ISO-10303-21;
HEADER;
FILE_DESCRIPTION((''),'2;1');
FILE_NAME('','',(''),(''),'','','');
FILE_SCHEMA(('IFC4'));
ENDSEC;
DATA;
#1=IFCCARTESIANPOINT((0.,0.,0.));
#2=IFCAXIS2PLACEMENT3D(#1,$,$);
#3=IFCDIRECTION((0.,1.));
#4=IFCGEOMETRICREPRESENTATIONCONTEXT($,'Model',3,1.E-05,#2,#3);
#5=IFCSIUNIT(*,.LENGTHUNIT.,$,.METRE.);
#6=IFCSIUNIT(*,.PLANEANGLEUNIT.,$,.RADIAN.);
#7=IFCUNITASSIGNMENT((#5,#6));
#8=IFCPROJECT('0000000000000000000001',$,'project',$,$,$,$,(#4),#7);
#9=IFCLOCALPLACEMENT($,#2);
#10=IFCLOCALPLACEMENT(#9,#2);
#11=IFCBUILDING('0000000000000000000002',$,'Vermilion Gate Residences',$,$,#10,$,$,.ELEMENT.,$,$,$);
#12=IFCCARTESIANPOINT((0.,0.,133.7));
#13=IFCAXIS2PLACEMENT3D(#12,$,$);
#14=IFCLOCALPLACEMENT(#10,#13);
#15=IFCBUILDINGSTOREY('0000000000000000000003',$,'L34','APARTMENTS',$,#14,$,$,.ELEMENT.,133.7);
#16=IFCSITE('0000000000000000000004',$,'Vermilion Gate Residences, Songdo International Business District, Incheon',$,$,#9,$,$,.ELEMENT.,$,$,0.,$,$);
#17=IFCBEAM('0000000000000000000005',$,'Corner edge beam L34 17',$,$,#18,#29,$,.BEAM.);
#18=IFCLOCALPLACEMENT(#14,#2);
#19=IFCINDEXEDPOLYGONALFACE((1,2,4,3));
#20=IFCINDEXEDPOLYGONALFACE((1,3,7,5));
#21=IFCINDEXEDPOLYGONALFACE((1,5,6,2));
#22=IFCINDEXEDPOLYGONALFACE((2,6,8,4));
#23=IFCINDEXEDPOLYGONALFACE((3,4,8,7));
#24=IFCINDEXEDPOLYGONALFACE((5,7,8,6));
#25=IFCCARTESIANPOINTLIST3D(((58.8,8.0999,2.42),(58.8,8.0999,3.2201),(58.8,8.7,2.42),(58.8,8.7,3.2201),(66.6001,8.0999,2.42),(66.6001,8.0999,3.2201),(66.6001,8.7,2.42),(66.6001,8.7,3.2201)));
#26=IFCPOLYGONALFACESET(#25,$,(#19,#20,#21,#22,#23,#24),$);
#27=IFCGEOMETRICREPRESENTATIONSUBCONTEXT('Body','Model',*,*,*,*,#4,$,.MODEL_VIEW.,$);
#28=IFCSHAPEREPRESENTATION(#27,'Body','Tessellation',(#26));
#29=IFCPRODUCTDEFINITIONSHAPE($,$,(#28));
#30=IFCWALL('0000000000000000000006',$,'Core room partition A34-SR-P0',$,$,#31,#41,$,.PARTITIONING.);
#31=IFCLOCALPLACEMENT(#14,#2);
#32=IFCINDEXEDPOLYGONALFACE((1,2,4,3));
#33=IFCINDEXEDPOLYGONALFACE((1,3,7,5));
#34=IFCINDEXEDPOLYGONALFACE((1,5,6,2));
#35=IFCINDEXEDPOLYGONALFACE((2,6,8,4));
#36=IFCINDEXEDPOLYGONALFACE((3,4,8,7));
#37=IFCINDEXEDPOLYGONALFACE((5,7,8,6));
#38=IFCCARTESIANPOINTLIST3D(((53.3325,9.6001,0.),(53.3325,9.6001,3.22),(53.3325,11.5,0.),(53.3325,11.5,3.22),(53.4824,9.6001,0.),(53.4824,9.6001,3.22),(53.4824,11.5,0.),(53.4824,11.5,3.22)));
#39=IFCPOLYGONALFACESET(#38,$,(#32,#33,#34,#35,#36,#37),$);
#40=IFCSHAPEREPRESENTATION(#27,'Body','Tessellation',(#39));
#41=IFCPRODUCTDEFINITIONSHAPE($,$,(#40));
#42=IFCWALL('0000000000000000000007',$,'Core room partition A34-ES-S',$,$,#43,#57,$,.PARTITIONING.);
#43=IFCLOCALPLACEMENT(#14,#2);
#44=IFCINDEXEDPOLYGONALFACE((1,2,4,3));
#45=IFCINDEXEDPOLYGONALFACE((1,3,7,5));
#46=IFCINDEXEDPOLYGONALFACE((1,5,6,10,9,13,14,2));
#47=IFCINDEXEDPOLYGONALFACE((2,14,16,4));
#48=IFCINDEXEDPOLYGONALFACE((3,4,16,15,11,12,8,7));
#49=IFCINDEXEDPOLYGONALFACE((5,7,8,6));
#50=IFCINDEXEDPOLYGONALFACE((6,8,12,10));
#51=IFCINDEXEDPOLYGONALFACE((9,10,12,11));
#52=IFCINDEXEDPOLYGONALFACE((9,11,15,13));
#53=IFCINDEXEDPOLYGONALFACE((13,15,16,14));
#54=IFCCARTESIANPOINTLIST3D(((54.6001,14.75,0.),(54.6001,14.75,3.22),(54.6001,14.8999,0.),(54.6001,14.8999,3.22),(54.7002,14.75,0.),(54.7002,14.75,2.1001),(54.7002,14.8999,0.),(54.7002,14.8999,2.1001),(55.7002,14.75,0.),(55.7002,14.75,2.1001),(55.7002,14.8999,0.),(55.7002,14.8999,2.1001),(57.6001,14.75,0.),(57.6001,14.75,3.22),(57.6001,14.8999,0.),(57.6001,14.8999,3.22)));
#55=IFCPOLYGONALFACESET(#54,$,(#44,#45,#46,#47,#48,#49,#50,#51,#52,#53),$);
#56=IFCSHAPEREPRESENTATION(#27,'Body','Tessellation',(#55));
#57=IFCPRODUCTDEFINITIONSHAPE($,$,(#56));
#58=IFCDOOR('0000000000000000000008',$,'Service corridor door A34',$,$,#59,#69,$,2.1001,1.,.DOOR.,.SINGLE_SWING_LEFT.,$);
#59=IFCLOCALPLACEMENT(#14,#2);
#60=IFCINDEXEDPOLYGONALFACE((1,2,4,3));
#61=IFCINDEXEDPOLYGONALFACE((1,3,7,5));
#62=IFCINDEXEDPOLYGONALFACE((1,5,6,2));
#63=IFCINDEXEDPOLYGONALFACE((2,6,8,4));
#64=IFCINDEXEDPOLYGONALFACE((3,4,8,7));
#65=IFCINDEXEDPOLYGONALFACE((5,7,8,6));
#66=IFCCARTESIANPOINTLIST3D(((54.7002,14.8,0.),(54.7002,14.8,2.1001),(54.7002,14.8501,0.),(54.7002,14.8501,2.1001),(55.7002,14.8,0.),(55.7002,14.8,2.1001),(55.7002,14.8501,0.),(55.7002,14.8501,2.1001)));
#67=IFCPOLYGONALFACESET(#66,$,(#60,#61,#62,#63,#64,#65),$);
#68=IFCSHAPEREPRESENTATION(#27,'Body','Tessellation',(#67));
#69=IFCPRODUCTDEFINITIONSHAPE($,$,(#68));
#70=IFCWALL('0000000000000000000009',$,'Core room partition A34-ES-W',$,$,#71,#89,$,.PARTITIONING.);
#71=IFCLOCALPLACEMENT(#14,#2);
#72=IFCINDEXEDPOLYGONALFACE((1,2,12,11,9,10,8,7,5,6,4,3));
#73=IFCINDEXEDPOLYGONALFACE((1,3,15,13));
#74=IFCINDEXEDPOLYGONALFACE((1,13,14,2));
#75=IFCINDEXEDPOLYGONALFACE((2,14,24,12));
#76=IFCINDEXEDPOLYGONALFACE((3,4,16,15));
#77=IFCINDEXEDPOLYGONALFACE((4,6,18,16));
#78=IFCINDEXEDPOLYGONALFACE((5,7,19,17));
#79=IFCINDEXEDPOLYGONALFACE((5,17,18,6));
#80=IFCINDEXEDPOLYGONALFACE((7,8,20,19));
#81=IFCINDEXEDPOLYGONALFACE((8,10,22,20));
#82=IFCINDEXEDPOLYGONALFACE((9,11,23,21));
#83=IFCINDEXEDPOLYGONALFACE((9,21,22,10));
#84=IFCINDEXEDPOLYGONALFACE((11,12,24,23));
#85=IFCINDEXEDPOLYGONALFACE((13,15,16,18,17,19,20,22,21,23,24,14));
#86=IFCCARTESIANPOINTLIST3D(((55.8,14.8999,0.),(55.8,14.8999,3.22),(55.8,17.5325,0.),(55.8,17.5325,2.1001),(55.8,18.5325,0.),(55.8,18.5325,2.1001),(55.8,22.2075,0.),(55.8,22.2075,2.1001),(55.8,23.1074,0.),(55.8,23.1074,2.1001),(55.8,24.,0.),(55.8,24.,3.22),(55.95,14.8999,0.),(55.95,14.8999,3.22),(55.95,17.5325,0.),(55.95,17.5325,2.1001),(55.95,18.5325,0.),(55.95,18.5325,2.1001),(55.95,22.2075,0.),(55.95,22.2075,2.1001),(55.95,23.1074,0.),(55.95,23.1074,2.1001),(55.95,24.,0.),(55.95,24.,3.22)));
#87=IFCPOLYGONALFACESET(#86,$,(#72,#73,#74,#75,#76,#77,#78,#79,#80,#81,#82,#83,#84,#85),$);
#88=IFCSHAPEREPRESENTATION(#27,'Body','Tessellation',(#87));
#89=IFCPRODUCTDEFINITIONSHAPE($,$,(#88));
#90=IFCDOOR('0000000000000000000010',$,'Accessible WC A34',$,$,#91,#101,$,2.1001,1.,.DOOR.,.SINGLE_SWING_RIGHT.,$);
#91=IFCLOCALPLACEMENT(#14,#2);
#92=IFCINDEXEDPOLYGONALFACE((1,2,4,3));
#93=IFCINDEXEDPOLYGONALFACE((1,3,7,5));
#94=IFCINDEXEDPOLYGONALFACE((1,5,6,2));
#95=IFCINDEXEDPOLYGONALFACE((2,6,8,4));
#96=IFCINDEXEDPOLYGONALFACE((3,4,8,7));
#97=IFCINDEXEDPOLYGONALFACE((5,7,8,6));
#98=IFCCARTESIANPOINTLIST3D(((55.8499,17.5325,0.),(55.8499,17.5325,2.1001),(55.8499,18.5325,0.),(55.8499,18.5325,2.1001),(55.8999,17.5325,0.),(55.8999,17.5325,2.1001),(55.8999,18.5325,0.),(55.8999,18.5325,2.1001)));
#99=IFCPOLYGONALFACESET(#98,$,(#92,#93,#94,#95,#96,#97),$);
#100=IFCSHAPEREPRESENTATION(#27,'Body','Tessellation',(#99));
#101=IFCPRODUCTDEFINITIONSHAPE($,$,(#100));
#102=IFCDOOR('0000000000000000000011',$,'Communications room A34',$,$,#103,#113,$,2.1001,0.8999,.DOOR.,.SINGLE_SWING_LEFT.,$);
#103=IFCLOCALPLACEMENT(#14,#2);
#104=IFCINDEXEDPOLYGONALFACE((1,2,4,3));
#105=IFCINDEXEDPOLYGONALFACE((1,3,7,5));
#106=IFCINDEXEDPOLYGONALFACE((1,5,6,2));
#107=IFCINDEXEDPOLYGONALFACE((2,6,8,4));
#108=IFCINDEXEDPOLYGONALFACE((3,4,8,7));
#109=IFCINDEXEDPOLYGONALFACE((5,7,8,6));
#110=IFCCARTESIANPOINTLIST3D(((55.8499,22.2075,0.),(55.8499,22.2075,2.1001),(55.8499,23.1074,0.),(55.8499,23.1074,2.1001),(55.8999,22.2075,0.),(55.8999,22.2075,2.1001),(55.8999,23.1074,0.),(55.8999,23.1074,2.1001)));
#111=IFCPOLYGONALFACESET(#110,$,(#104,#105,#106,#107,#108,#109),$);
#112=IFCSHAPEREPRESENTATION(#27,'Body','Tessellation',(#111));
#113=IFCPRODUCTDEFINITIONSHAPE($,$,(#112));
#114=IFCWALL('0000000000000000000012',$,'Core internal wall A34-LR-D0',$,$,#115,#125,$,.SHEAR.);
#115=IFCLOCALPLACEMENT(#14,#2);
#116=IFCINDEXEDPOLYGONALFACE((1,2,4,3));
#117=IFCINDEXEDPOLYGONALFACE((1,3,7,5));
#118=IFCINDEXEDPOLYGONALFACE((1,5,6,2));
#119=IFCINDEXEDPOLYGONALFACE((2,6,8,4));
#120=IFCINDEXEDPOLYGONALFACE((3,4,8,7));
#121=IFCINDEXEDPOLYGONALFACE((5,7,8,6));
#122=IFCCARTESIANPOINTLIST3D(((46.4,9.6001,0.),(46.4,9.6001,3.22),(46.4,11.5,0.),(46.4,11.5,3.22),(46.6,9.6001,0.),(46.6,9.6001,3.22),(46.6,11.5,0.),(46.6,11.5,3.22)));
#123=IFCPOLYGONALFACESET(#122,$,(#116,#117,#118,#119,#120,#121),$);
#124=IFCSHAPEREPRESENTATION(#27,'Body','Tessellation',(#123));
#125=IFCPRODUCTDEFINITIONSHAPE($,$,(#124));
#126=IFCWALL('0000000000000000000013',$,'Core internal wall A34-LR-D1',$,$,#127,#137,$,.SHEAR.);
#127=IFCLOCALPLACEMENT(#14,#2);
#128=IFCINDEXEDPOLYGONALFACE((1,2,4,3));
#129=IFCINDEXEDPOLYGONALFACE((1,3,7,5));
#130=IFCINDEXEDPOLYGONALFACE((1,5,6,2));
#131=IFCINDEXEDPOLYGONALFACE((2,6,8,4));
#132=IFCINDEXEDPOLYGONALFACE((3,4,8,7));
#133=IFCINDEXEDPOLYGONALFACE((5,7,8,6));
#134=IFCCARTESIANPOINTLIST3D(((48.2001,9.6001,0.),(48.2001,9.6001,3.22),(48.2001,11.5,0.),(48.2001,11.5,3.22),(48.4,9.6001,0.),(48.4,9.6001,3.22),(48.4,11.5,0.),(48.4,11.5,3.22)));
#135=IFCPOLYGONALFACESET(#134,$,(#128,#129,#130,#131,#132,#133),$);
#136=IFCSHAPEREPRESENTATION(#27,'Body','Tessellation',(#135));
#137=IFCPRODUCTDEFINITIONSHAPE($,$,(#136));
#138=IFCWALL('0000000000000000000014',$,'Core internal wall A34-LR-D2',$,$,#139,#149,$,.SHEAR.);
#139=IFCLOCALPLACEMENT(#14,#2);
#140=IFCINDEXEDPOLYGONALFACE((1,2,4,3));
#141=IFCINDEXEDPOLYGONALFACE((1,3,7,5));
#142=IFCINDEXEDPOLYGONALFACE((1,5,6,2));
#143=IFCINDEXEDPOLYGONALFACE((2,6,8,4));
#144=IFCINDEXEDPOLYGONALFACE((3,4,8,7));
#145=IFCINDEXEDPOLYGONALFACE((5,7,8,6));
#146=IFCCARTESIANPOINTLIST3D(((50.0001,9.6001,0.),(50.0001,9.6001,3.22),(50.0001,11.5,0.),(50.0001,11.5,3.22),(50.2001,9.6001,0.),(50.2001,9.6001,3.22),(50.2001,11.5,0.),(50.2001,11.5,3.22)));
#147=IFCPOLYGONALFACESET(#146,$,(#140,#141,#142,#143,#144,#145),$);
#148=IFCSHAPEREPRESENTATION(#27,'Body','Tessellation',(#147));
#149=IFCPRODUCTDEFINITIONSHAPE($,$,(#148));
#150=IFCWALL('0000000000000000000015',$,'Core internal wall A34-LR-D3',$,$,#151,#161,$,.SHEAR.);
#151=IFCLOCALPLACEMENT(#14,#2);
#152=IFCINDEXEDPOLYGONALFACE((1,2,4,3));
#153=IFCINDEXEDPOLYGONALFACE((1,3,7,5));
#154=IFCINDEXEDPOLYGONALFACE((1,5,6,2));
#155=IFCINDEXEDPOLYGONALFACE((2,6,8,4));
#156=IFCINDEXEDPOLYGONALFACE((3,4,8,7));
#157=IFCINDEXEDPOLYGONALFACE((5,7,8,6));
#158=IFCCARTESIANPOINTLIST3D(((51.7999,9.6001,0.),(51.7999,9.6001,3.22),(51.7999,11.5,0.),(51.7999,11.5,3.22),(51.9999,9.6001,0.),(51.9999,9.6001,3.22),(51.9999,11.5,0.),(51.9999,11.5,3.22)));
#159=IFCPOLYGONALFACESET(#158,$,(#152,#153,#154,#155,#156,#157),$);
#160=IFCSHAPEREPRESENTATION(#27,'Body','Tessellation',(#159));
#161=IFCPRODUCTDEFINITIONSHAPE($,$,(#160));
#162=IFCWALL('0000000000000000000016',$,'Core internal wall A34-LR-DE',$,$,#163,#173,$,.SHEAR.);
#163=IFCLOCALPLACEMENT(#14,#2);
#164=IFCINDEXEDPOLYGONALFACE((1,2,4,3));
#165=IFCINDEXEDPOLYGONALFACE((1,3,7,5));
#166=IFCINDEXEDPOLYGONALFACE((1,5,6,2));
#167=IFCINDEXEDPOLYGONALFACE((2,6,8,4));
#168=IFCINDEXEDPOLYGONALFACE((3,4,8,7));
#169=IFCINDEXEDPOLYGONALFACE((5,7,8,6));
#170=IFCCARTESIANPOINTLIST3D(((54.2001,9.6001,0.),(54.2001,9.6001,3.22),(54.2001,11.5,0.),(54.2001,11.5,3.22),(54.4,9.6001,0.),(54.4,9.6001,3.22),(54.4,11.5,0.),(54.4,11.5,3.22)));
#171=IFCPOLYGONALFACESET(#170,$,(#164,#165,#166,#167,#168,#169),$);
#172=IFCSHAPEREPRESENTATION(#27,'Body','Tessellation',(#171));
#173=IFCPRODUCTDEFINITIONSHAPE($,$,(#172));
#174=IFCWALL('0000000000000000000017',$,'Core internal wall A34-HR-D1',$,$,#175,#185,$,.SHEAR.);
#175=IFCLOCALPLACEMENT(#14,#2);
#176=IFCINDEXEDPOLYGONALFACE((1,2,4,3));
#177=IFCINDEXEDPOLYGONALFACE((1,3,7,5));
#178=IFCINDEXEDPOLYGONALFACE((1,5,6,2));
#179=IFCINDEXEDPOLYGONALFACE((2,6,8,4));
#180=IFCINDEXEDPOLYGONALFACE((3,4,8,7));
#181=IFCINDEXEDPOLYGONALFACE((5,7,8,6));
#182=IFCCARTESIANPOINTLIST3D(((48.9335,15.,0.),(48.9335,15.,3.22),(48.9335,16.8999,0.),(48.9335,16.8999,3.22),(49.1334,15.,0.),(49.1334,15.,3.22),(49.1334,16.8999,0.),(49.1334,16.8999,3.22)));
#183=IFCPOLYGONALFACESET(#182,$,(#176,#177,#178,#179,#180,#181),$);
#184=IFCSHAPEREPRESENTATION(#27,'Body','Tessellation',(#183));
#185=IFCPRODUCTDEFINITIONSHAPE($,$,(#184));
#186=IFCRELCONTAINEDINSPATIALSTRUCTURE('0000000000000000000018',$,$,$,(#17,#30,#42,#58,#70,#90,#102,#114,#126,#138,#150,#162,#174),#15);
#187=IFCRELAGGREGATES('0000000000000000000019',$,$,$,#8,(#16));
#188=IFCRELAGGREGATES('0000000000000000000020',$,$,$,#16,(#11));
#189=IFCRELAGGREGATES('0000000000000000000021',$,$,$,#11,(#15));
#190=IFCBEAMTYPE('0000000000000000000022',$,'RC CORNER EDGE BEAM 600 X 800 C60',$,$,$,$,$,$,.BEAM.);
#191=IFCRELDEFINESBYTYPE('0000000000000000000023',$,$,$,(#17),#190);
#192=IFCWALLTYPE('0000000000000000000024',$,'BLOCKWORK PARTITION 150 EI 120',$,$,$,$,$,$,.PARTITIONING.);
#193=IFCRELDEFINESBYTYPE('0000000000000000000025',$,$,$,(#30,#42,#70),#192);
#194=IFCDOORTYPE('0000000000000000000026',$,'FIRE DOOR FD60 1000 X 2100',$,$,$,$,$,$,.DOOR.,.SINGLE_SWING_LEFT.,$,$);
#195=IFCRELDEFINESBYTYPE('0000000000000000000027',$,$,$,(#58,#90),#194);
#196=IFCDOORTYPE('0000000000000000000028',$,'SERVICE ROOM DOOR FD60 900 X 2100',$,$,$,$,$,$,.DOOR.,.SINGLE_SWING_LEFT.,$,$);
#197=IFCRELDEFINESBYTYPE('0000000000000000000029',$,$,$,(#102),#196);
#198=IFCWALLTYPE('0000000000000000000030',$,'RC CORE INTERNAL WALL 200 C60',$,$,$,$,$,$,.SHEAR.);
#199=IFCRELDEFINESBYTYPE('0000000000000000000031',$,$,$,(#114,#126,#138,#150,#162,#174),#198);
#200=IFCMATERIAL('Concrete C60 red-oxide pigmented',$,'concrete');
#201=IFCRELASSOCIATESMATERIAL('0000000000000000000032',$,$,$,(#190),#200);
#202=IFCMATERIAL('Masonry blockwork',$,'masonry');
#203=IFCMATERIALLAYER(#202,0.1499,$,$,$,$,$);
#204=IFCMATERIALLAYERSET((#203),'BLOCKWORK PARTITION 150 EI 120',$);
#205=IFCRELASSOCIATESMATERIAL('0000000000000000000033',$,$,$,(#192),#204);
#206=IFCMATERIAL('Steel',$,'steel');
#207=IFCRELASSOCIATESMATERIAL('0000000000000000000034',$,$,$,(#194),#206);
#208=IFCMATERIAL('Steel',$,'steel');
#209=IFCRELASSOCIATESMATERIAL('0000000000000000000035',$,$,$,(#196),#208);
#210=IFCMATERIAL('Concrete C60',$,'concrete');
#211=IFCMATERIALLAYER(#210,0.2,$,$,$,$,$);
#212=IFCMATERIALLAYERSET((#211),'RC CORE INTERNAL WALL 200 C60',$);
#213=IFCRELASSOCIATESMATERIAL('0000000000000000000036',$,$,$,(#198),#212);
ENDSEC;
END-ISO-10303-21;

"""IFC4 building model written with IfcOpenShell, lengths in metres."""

from ifc_helpers import new_model, si_unit, direction, frame, frame_2d, origin, origin_2d, place, context, subcontext, project, spatial, rectangle, extrude, material, layer, layer_set, material_profile, profile_set, type_object, element, fill, save


model = new_model("IFC4")

# Units and contexts
model_context = context("Model", 3, precision=1e-05, world=origin(), true_north=direction((0.0, 1.0)))
body_context = subcontext(model_context, "Body", "Model", "MODEL_VIEW")
ifc_project = project(units=[si_unit("LENGTHUNIT", "METRE"), si_unit("PLANEANGLEUNIT", "RADIAN")], contexts=[model_context])

# Site, building, storey
site_placement = place(None, origin())
site = spatial("IfcSite", under=ifc_project, at=site_placement, Name="Vermilion Gate Residences, Songdo International Business District, Incheon", CompositionType="ELEMENT", RefElevation=0.0)
building_placement = place(site_placement, origin())
building = spatial("IfcBuilding", under=site, at=building_placement, Name="Vermilion Gate Residences", CompositionType="ELEMENT")
storey_placement = place(building_placement, frame((0.0, 0.0, 133.7)))
storey = spatial("IfcBuildingStorey", under=building, at=storey_placement, Name="L34", Description="APARTMENTS", CompositionType="ELEMENT", Elevation=133.7)

# Beam
ifc_material_1 = material(Name="Concrete C60 red-oxide pigmented", Category="concrete")
ifc_material_profile = material_profile(ifc_material_1, rectangle(XDim=0.6001, YDim=0.8, at=origin_2d()), Name="RC-600x800")
ifc_profile_set = profile_set([ifc_material_profile], Name="Concrete C60 red-oxide pigmented")
beam_type = type_object("IfcBeamType", Name="RC CORNER EDGE BEAM 600 X 800 C60", PredefinedType="BEAM", material=ifc_profile_set)
beam_placement = place(storey_placement, frame((58.8, 8.3999, 2.8201), z_axis=(1.0, 0.0, 0.0), x_axis=(0.0, 1.0, 0.0)))
element("IfcBeam", 1, at=beam_placement, inside=storey, type_object=beam_type, Name="Corner edge beam L34 17", PredefinedType="BEAM", context=body_context, shape_type="SweptSolid", body=[
    extrude(rectangle(XDim=0.6001, YDim=0.8, at=origin_2d()), origin(), (0.0, 0.0, 1.0), 7.8),
])

# Wall
ifc_material_2 = material(Name="Masonry blockwork", Category="masonry")
ifc_layer_1 = layer(ifc_material_2, 0.1499)
ifc_layer_set_1 = layer_set([ifc_layer_1], Name="BLOCKWORK PARTITION 150 EI 120")
wall_type_1 = type_object("IfcWallType", Name="BLOCKWORK PARTITION 150 EI 120", PredefinedType="PARTITIONING", material=ifc_layer_set_1)
wall_1_placement = place(storey_placement, frame((53.4075, 9.6001, 0.0), z_axis=(0.0, 0.0, 1.0), x_axis=(0.0, 1.0, 0.0)))
element("IfcWall", 2, at=wall_1_placement, inside=storey, type_object=wall_type_1, Name="Core room partition A34-SR-P0", PredefinedType="PARTITIONING", context=body_context, shape_type="SweptSolid", body=[
    extrude(rectangle(XDim=1.8999, YDim=0.1499, at=frame_2d((0.95, 0.0))), origin(), (0.0, 0.0, 1.0), 3.22),
])

# Wall, opening, door
wall_2_placement = place(storey_placement, frame((54.6001, 14.825, 0.0), z_axis=(0.0, 0.0, 1.0), x_axis=(1.0, 0.0, 0.0)))
wall_2 = element("IfcWall", 3, at=wall_2_placement, inside=storey, type_object=wall_type_1, Name="Core room partition A34-ES-S", PredefinedType="PARTITIONING", context=body_context, shape_type="SweptSolid", body=[
    extrude(rectangle(XDim=3.0, YDim=0.1499, at=frame_2d((1.5, 0.0))), origin(), (0.0, 0.0, 1.0), 3.22),
])
opening_1_placement = place(wall_2_placement, frame((0.1001, 0.0, 0.0)))
opening_1 = element("IfcOpeningElement", 4, at=opening_1_placement, cuts=wall_2, PredefinedType="OPENING", context=body_context, shape_type="SweptSolid", body=[
    extrude(rectangle(XDim=1.0, YDim=2.1001, at=frame_2d((0.5, 1.05))), frame((0.0, 0.085, 0.0), z_axis=(0.0, -1.0, 0.0), x_axis=(1.0, 0.0, 0.0)), (0.0, 0.0, 1.0), 0.1699),
])
ifc_material_3 = material(Name="Steel", Category="steel")
door_type_1 = type_object("IfcDoorType", Name="FIRE DOOR FD60 1000 X 2100", OperationType="SINGLE_SWING_LEFT", PredefinedType="DOOR", material=ifc_material_3)
door_1_placement = place(opening_1_placement, frame((1.0, 0.0, 0.0), z_axis=(0.0, 0.0, 1.0), x_axis=(-1.0, 0.0, 0.0)))
door_1 = element("IfcDoor", 5, at=door_1_placement, inside=storey, type_object=door_type_1, Name="Service corridor door A34", OperationType="SINGLE_SWING_LEFT", OverallHeight=2.1001, OverallWidth=1.0, PredefinedType="DOOR", context=body_context, shape_type="SweptSolid", body=[
    extrude(rectangle(XDim=1.0, YDim=2.1001, at=frame_2d((0.5, 1.05))), frame((0.0, 0.0249, 0.0), z_axis=(0.0, -1.0, 0.0), x_axis=(1.0, 0.0, 0.0)), (0.0, 0.0, 1.0), 0.05),
])
fill(opening_1, door_1)

# Wall, openings, doors
wall_3_placement = place(storey_placement, frame((55.875, 14.8999, 0.0), z_axis=(0.0, 0.0, 1.0), x_axis=(0.0, 1.0, 0.0)))
wall_3 = element("IfcWall", 6, at=wall_3_placement, inside=storey, type_object=wall_type_1, Name="Core room partition A34-ES-W", PredefinedType="PARTITIONING", context=body_context, shape_type="SweptSolid", body=[
    extrude(rectangle(XDim=9.1001, YDim=0.1499, at=frame_2d((4.55, 0.0))), origin(), (0.0, 0.0, 1.0), 3.22),
])
opening_2_placement = place(wall_3_placement, frame((2.6326, 0.0, 0.0)))
opening_2 = element("IfcOpeningElement", 7, at=opening_2_placement, cuts=wall_3, PredefinedType="OPENING", context=body_context, shape_type="SweptSolid", body=[
    extrude(rectangle(XDim=1.0, YDim=2.1001, at=frame_2d((0.5, 1.05))), frame((0.0, 0.085, 0.0), z_axis=(0.0, -1.0, 0.0), x_axis=(1.0, 0.0, 0.0)), (0.0, 0.0, 1.0), 0.1699),
])
opening_3_placement = place(wall_3_placement, frame((7.3076, 0.0, 0.0)))
opening_3 = element("IfcOpeningElement", 8, at=opening_3_placement, cuts=wall_3, PredefinedType="OPENING", context=body_context, shape_type="SweptSolid", body=[
    extrude(rectangle(XDim=0.8999, YDim=2.1001, at=frame_2d((0.45, 1.05))), frame((0.0, 0.085, 0.0), z_axis=(0.0, -1.0, 0.0), x_axis=(1.0, 0.0, 0.0)), (0.0, 0.0, 1.0), 0.1699),
])
door_2_placement = place(opening_2_placement, frame((1.0, 0.0, 0.0), z_axis=(0.0, 0.0, 1.0), x_axis=(-1.0, 0.0, 0.0)))
door_2 = element("IfcDoor", 9, at=door_2_placement, inside=storey, type_object=door_type_1, Name="Accessible WC A34", OperationType="SINGLE_SWING_RIGHT", OverallHeight=2.1001, OverallWidth=1.0, PredefinedType="DOOR", context=body_context, shape_type="SweptSolid", body=[
    extrude(rectangle(XDim=1.0, YDim=2.1001, at=frame_2d((0.5, 1.05))), frame((0.0, 0.0249, 0.0), z_axis=(0.0, -1.0, 0.0), x_axis=(1.0, 0.0, 0.0)), (0.0, 0.0, 1.0), 0.05),
])
fill(opening_2, door_2)
ifc_material_4 = material(Name="Steel", Category="steel")
door_type_2 = type_object("IfcDoorType", Name="SERVICE ROOM DOOR FD60 900 X 2100", OperationType="SINGLE_SWING_LEFT", PredefinedType="DOOR", material=ifc_material_4)
door_3_placement = place(opening_3_placement, frame((0.8999, 0.0, 0.0), z_axis=(0.0, 0.0, 1.0), x_axis=(-1.0, 0.0, 0.0)))
door_3 = element("IfcDoor", 10, at=door_3_placement, inside=storey, type_object=door_type_2, Name="Communications room A34", OperationType="SINGLE_SWING_LEFT", OverallHeight=2.1001, OverallWidth=0.8999, PredefinedType="DOOR", context=body_context, shape_type="SweptSolid", body=[
    extrude(rectangle(XDim=0.8999, YDim=2.1001, at=frame_2d((0.45, 1.05))), frame((0.0, 0.0249, 0.0), z_axis=(0.0, -1.0, 0.0), x_axis=(1.0, 0.0, 0.0)), (0.0, 0.0, 1.0), 0.05),
])
fill(opening_3, door_3)

# Walls
ifc_material_5 = material(Name="Concrete C60", Category="concrete")
ifc_layer_2 = layer(ifc_material_5, 0.2)
ifc_layer_set_2 = layer_set([ifc_layer_2], Name="RC CORE INTERNAL WALL 200 C60")
wall_type_2 = type_object("IfcWallType", Name="RC CORE INTERNAL WALL 200 C60", PredefinedType="SHEAR", material=ifc_layer_set_2)
for number, where, z_axis, x_axis, name in (
    (11, (46.5, 9.6001, 0.0), (0.0, 0.0, 1.0), (0.0, 1.0, 0.0), "Core internal wall A34-LR-D0"),
    (12, (48.3, 9.6001, 0.0), (0.0, 0.0, 1.0), (0.0, 1.0, 0.0), "Core internal wall A34-LR-D1"),
    (13, (50.1001, 9.6001, 0.0), (0.0, 0.0, 1.0), (0.0, 1.0, 0.0), "Core internal wall A34-LR-D2"),
    (14, (51.8999, 9.6001, 0.0), (0.0, 0.0, 1.0), (0.0, 1.0, 0.0), "Core internal wall A34-LR-D3"),
    (15, (54.3, 9.6001, 0.0), (0.0, 0.0, 1.0), (0.0, 1.0, 0.0), "Core internal wall A34-LR-DE"),
    (16, (49.0334, 15.0, 0.0), (0.0, 0.0, 1.0), (0.0, 1.0, 0.0), "Core internal wall A34-HR-D1"),
):
    element("IfcWall", number, at=place(storey_placement, frame(where, z_axis=z_axis, x_axis=x_axis)), inside=storey, type_object=wall_type_2, Name=name, PredefinedType="SHEAR", context=body_context, shape_type="SweptSolid", body=[
        extrude(rectangle(XDim=1.8999, YDim=0.2, at=frame_2d((0.95, 0.0))), origin(), (0.0, 0.0, 1.0), 3.22),
    ])

save(model, "model.ifc")
